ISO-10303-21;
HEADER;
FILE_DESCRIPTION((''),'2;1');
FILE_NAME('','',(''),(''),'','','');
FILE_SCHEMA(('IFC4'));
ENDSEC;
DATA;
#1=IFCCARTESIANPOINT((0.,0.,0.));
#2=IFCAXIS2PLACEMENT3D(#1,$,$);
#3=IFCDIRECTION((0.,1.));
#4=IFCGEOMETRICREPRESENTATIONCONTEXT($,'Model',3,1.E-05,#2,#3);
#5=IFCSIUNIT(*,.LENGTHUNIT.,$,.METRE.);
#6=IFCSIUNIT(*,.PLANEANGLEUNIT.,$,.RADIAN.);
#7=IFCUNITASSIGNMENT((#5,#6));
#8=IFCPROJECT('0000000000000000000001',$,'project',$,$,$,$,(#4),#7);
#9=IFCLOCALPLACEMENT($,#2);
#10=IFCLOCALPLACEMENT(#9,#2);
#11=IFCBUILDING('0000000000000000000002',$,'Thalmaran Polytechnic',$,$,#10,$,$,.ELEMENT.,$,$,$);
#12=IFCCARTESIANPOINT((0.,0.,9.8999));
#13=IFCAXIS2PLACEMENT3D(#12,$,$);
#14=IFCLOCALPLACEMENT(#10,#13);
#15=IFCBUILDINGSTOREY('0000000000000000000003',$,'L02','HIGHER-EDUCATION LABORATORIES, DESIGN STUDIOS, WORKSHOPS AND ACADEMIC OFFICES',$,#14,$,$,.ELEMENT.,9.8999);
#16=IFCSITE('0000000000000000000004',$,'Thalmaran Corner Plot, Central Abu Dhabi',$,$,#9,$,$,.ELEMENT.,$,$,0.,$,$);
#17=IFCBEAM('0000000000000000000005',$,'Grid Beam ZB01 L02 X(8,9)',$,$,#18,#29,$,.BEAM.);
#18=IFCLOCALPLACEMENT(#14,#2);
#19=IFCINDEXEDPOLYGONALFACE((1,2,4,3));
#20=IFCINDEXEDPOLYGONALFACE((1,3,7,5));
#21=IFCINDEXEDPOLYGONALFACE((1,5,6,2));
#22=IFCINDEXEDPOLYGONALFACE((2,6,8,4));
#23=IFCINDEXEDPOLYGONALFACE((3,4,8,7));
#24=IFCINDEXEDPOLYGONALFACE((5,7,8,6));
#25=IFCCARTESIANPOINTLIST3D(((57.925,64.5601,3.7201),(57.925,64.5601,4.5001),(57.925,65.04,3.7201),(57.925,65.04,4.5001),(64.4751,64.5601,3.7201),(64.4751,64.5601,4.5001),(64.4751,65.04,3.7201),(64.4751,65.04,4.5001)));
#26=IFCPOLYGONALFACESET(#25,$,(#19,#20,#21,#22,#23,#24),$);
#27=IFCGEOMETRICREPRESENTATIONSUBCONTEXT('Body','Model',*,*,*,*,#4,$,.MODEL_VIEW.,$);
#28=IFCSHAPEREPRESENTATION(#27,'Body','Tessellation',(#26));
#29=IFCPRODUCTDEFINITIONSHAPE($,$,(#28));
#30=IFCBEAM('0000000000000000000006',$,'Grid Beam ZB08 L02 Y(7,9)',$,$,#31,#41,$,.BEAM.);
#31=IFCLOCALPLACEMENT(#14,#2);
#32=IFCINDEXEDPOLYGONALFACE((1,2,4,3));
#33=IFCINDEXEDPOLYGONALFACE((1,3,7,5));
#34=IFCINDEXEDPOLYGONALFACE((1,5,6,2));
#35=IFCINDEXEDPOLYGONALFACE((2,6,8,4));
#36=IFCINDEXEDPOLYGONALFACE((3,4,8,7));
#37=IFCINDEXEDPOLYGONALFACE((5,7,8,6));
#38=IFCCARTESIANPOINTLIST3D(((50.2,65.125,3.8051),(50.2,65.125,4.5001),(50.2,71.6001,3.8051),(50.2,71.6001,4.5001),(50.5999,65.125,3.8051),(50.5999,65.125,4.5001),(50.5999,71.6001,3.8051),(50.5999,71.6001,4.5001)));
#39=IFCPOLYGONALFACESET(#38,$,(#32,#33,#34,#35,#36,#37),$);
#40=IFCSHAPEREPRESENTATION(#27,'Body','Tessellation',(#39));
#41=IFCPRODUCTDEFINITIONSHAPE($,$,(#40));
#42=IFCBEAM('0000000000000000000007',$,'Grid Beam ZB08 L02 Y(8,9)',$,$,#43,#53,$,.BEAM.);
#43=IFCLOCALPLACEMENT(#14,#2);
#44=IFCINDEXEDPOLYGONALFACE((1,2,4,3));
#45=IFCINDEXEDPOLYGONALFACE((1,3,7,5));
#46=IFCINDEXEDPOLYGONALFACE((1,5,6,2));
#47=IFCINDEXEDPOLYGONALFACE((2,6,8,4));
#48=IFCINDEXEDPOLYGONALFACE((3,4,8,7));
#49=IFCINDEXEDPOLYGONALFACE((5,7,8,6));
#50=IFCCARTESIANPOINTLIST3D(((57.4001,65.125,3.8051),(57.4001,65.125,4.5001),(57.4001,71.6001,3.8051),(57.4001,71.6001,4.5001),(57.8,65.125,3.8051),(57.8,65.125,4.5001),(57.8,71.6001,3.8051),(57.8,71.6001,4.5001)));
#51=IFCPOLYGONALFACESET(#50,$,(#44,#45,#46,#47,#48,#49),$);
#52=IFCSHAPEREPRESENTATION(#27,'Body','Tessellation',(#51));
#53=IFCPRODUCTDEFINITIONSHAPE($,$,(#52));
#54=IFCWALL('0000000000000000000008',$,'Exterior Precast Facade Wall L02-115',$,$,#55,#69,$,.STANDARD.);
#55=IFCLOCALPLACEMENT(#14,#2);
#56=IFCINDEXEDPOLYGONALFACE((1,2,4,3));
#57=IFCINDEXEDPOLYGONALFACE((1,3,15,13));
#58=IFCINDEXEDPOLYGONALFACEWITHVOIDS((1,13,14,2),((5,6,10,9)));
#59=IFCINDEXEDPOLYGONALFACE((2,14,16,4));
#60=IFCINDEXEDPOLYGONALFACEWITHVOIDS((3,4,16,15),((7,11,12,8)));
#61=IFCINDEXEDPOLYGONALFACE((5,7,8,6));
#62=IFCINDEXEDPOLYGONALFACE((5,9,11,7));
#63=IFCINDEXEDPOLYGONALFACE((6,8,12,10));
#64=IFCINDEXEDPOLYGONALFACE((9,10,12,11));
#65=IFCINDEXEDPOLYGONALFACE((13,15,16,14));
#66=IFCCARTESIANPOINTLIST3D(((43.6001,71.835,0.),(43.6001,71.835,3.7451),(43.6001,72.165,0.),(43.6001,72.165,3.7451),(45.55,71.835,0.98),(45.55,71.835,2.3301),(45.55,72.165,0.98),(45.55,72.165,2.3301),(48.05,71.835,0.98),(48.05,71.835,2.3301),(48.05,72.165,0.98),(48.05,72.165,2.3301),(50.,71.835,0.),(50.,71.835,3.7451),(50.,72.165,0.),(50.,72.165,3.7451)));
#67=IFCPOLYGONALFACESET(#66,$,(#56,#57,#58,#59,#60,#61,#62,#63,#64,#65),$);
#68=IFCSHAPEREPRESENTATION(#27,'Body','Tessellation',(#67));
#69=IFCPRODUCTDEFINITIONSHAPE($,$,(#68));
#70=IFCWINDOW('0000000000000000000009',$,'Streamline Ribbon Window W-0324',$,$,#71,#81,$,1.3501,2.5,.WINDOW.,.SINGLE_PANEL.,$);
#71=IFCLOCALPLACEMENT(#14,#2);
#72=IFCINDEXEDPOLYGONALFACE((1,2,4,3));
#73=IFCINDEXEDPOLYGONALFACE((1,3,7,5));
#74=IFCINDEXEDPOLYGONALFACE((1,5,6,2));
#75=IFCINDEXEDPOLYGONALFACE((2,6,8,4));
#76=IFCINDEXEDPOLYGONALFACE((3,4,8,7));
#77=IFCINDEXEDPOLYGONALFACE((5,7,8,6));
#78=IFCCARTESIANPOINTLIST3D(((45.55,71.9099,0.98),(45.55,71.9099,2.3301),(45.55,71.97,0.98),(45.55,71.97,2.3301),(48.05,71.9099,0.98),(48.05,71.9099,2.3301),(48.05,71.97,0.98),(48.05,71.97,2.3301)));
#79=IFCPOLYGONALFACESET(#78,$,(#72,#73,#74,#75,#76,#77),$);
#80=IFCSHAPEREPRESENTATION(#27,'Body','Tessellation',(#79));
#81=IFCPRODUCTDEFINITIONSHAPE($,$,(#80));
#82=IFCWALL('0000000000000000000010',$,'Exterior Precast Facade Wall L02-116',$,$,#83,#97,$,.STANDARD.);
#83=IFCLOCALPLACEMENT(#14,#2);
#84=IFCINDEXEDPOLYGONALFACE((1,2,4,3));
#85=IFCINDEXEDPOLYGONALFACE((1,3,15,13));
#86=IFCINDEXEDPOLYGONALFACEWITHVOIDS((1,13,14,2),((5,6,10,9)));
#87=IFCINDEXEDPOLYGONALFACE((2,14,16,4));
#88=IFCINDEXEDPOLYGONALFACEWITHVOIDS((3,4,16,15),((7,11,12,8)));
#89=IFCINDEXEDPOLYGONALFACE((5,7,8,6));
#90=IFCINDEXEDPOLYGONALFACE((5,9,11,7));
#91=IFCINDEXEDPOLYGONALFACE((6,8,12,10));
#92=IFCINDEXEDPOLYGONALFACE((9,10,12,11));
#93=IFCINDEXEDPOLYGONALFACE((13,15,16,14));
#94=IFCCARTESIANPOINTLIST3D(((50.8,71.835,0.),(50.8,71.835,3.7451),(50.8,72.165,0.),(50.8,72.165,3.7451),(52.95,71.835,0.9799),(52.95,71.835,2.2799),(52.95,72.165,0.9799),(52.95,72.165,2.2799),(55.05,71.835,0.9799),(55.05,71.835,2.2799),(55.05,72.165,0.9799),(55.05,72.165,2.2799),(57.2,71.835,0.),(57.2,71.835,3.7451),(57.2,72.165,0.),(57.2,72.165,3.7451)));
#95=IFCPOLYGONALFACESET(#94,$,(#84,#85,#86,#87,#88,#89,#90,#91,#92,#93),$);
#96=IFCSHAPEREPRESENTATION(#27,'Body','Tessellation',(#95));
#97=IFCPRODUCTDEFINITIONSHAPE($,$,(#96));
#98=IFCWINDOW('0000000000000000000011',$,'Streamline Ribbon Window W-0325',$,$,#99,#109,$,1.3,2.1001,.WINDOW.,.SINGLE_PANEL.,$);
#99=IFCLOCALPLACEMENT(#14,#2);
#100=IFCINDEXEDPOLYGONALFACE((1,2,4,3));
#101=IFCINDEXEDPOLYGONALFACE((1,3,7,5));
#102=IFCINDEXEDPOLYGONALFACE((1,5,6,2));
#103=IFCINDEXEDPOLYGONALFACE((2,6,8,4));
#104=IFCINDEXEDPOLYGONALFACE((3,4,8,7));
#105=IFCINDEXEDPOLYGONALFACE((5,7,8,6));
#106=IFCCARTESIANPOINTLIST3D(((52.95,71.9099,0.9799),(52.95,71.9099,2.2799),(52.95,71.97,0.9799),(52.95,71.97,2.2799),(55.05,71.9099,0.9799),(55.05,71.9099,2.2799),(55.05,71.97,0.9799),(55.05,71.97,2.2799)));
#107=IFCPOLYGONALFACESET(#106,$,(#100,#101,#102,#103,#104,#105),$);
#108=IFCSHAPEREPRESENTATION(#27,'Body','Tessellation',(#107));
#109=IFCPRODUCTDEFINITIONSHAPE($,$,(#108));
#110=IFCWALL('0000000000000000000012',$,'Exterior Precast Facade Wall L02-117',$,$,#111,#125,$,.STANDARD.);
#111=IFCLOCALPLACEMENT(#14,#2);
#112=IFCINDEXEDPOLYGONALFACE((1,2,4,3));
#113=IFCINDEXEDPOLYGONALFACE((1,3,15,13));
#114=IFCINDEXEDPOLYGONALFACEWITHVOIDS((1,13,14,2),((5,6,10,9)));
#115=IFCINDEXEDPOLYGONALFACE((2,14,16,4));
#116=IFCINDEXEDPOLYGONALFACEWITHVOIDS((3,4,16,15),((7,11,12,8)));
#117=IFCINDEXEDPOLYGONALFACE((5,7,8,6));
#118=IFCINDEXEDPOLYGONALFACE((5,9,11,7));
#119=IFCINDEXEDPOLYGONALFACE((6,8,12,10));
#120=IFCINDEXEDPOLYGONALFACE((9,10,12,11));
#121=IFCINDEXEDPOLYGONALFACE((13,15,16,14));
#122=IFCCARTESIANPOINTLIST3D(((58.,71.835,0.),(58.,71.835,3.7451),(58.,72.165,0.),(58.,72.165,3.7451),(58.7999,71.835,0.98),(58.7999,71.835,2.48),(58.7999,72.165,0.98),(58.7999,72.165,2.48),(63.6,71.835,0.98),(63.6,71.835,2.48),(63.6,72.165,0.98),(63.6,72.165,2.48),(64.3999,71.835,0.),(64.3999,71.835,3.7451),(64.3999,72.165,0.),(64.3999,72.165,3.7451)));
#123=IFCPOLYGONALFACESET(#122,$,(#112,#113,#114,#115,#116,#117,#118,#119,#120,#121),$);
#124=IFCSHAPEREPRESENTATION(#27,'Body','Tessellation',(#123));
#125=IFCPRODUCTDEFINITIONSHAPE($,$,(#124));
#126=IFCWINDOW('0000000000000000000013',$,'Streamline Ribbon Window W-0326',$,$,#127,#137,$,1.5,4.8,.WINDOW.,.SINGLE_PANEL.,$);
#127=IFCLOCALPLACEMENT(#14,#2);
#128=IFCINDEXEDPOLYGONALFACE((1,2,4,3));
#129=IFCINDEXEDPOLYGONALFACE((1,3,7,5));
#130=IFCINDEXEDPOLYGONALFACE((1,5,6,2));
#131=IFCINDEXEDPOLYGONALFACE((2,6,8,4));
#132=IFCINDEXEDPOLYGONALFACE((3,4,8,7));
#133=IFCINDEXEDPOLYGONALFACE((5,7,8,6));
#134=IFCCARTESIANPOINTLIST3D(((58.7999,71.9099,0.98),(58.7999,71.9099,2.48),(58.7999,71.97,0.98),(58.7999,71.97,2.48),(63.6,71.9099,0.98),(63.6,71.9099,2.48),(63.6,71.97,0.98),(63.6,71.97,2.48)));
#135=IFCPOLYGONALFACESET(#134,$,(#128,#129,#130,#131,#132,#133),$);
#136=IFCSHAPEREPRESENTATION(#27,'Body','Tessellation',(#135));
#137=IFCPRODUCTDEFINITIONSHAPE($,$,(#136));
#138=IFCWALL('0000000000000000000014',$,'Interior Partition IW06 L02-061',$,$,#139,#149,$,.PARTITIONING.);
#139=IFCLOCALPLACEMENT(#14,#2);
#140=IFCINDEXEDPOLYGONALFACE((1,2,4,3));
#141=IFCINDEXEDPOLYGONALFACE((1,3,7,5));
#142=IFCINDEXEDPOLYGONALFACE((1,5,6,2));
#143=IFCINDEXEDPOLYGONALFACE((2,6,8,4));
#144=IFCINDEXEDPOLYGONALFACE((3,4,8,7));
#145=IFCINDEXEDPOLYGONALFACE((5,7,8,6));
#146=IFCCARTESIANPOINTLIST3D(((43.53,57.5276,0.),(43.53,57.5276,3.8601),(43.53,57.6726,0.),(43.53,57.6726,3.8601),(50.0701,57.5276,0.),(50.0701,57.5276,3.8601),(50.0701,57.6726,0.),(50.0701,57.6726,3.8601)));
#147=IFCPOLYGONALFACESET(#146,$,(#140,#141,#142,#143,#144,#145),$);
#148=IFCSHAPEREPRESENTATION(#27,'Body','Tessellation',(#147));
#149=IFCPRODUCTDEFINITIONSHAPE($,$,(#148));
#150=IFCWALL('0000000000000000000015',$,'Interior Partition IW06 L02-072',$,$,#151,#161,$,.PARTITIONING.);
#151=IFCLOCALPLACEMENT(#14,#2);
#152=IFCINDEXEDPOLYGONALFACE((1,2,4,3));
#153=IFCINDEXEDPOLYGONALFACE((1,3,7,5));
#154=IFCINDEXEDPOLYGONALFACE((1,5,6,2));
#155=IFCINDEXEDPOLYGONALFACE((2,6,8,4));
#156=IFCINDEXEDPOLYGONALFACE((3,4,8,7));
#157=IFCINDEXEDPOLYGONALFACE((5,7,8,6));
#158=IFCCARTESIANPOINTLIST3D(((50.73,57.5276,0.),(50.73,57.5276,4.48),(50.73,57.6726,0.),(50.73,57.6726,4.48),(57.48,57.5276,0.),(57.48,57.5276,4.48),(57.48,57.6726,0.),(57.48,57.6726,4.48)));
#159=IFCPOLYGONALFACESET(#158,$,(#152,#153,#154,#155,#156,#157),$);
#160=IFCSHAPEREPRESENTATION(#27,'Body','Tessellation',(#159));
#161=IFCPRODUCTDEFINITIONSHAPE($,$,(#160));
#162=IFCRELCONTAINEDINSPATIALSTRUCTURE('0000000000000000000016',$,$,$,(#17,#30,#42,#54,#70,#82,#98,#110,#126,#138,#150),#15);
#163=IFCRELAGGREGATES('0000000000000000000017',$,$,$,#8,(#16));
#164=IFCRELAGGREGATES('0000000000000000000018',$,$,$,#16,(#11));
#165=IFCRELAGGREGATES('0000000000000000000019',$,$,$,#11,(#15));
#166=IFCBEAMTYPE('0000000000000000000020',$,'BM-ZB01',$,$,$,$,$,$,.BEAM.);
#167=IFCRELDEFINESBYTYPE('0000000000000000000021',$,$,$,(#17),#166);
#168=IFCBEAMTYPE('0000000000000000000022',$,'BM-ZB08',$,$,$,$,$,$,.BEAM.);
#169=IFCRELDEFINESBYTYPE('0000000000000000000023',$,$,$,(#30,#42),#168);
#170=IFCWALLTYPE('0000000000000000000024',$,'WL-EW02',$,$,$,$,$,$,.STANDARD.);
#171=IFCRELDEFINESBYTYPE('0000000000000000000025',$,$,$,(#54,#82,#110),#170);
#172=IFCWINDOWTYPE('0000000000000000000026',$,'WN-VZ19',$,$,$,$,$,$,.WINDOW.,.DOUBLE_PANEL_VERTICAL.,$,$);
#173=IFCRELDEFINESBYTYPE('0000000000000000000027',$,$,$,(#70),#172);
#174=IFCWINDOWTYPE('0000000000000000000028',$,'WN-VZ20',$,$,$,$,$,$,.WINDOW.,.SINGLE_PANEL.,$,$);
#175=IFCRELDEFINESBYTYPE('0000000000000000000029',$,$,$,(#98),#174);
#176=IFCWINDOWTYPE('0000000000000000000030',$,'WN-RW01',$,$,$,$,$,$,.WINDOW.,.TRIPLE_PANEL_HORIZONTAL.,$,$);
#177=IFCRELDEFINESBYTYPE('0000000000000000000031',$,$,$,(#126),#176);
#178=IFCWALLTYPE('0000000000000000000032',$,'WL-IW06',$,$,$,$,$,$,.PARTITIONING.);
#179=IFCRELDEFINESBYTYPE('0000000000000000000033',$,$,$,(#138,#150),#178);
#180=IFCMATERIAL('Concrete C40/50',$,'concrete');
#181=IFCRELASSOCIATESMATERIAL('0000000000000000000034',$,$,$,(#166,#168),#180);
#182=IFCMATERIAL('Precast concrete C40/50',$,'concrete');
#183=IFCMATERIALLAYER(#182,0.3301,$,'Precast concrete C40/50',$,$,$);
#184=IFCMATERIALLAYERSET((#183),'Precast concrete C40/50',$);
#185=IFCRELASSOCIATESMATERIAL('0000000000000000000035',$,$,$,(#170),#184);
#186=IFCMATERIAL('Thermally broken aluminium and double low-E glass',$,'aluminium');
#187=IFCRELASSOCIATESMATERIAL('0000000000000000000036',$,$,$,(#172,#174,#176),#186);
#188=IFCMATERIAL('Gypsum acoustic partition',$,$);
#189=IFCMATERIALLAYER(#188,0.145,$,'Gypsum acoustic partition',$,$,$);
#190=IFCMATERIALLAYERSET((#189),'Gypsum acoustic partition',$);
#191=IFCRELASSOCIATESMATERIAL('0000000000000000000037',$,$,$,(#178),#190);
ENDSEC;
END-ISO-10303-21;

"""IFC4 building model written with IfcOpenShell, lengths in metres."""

from ifc_helpers import new_model, si_unit, direction, frame, frame_2d, origin, origin_2d, place, context, subcontext, project, spatial, rectangle, extrude, material, layer, layer_set, material_profile, profile_set, type_object, element, fill, save


model = new_model("IFC4")

# Units and contexts
model_context = context("Model", 3, precision=1e-05, world=origin(), true_north=direction((0.0, 1.0)))
body_context = subcontext(model_context, "Body", "Model", "MODEL_VIEW")
ifc_project = project(units=[si_unit("LENGTHUNIT", "METRE"), si_unit("PLANEANGLEUNIT", "RADIAN")], contexts=[model_context])

# Site, building, storey
site_placement = place(None, origin())
site = spatial("IfcSite", under=ifc_project, at=site_placement, Name="Thalmaran Corner Plot, Central Abu Dhabi", CompositionType="ELEMENT", RefElevation=0.0)
building_placement = place(site_placement, origin())
building = spatial("IfcBuilding", under=site, at=building_placement, Name="Thalmaran Polytechnic", CompositionType="ELEMENT")
storey_placement = place(building_placement, frame((0.0, 0.0, 9.8999)))
storey = spatial("IfcBuildingStorey", under=building, at=storey_placement, Name="L02", Description="HIGHER-EDUCATION LABORATORIES, DESIGN STUDIOS, WORKSHOPS AND ACADEMIC OFFICES", CompositionType="ELEMENT", Elevation=9.8999)

# Shared definitions
ifc_material_1 = material(Name="Concrete C40/50", Category="concrete")

# Beams
ifc_material_profile_1 = material_profile(ifc_material_1, rectangle(XDim=0.48, YDim=0.78, at=origin_2d()), Name="RC 480x780")
ifc_profile_set_1 = profile_set([ifc_material_profile_1], Name="Concrete C40/50")
beam_type_1 = type_object("IfcBeamType", Name="BM-ZB01", PredefinedType="BEAM", material=ifc_profile_set_1)
beam_1_placement = place(storey_placement, frame((57.925, 64.8, 4.1101), z_axis=(1.0, 0.0, 0.0), x_axis=(0.0, 1.0, 0.0)))
element("IfcBeam", 1, at=beam_1_placement, inside=storey, type_object=beam_type_1, Name="Grid Beam ZB01 L02 X(8,9)", PredefinedType="BEAM", context=body_context, shape_type="SweptSolid", body=[
    extrude(rectangle(XDim=0.48, YDim=0.78, at=origin_2d()), origin(), (0.0, 0.0, 1.0), 6.55),
])
ifc_material_profile_2 = material_profile(ifc_material_1, rectangle(XDim=0.3999, YDim=0.6951, at=origin_2d()), Name="RC 400x695")
ifc_profile_set_2 = profile_set([ifc_material_profile_2], Name="Concrete C40/50")
beam_type_2 = type_object("IfcBeamType", Name="BM-ZB08", PredefinedType="BEAM", material=ifc_profile_set_2)
for number, where, z_axis, x_axis, name in (
    (2, (50.3999, 65.125, 4.1526), (0.0, 1.0, 0.0), (-1.0, 0.0, 0.0), "Grid Beam ZB08 L02 Y(7,9)"),
    (3, (57.6001, 65.125, 4.1526), (0.0, 1.0, 0.0), (-1.0, 0.0, 0.0), "Grid Beam ZB08 L02 Y(8,9)"),
):
    element("IfcBeam", number, at=place(storey_placement, frame(where, z_axis=z_axis, x_axis=x_axis)), inside=storey, type_object=beam_type_2, Name=name, PredefinedType="BEAM", context=body_context, shape_type="SweptSolid", body=[
        extrude(rectangle(XDim=0.3999, YDim=0.6951, at=origin_2d()), origin(), (0.0, 0.0, 1.0), 6.4751),
    ])

# Walls, openings, windows
ifc_material_2 = material(Name="Precast concrete C40/50", Category="concrete")
ifc_layer_1 = layer(ifc_material_2, 0.3301, Name="Precast concrete C40/50")
ifc_layer_set_1 = layer_set([ifc_layer_1], Name="Precast concrete C40/50")
wall_type_1 = type_object("IfcWallType", Name="WL-EW02", PredefinedType="STANDARD", material=ifc_layer_set_1)
wall_1_placement = place(storey_placement, frame((43.6001, 72.0, 0.0), z_axis=(0.0, 0.0, 1.0), x_axis=(1.0, 0.0, 0.0)))
wall_1 = element("IfcWall", 4, at=wall_1_placement, inside=storey, type_object=wall_type_1, Name="Exterior Precast Facade Wall L02-115", PredefinedType="STANDARD", context=body_context, shape_type="SweptSolid", body=[
    extrude(rectangle(XDim=6.3999, YDim=0.3301, at=frame_2d((3.2, 0.0))), origin(), (0.0, 0.0, 1.0), 3.7451),
])
opening_1_placement = place(wall_1_placement, frame((1.95, 0.0, 0.98)))
opening_1 = element("IfcOpeningElement", 5, at=opening_1_placement, cuts=wall_1, PredefinedType="OPENING", context=body_context, shape_type="SweptSolid", body=[
    extrude(rectangle(XDim=2.5, YDim=1.3501, at=frame_2d((1.25, 0.675))), frame((0.0, 0.175, 0.0), z_axis=(0.0, -1.0, 0.0), x_axis=(1.0, 0.0, 0.0)), (0.0, 0.0, 1.0), 0.3501),
])
ifc_material_3 = material(Name="Thermally broken aluminium and double low-E glass", Category="aluminium")
window_type_1 = type_object("IfcWindowType", Name="WN-VZ19", PartitioningType="DOUBLE_PANEL_VERTICAL", PredefinedType="WINDOW", material=ifc_material_3)
window_1_placement = place(opening_1_placement, origin())
window_1 = element("IfcWindow", 6, at=window_1_placement, inside=storey, type_object=window_type_1, Name="Streamline Ribbon Window W-0324", OverallHeight=1.3501, OverallWidth=2.5, PartitioningType="SINGLE_PANEL", PredefinedType="WINDOW", context=body_context, shape_type="SweptSolid", body=[
    extrude(rectangle(XDim=2.5, YDim=1.3501, at=frame_2d((1.25, 0.675))), frame((0.0, -0.03, 0.0), z_axis=(0.0, -1.0, 0.0), x_axis=(1.0, 0.0, 0.0)), (0.0, 0.0, 1.0), 0.0601),
])
fill(opening_1, window_1)
wall_2_placement = place(storey_placement, frame((50.8, 72.0, 0.0), z_axis=(0.0, 0.0, 1.0), x_axis=(1.0, 0.0, 0.0)))
wall_2 = element("IfcWall", 7, at=wall_2_placement, inside=storey, type_object=wall_type_1, Name="Exterior Precast Facade Wall L02-116", PredefinedType="STANDARD", context=body_context, shape_type="SweptSolid", body=[
    extrude(rectangle(XDim=6.3999, YDim=0.3301, at=frame_2d((3.2, 0.0))), origin(), (0.0, 0.0, 1.0), 3.7451),
])
opening_2_placement = place(wall_2_placement, frame((2.1499, 0.0, 0.98)))
opening_2 = element("IfcOpeningElement", 8, at=opening_2_placement, cuts=wall_2, PredefinedType="OPENING", context=body_context, shape_type="SweptSolid", body=[
    extrude(rectangle(XDim=2.1001, YDim=1.3, at=frame_2d((1.05, 0.6499))), frame((0.0, 0.175, 0.0), z_axis=(0.0, -1.0, 0.0), x_axis=(1.0, 0.0, 0.0)), (0.0, 0.0, 1.0), 0.3501),
])
window_type_2 = type_object("IfcWindowType", Name="WN-VZ20", PartitioningType="SINGLE_PANEL", PredefinedType="WINDOW", material=ifc_material_3)
window_2_placement = place(opening_2_placement, origin())
window_2 = element("IfcWindow", 9, at=window_2_placement, inside=storey, type_object=window_type_2, Name="Streamline Ribbon Window W-0325", OverallHeight=1.3, OverallWidth=2.1001, PartitioningType="SINGLE_PANEL", PredefinedType="WINDOW", context=body_context, shape_type="SweptSolid", body=[
    extrude(rectangle(XDim=2.1001, YDim=1.3, at=frame_2d((1.05, 0.6499))), frame((0.0, -0.03, 0.0), z_axis=(0.0, -1.0, 0.0), x_axis=(1.0, 0.0, 0.0)), (0.0, 0.0, 1.0), 0.0601),
])
fill(opening_2, window_2)
wall_3_placement = place(storey_placement, frame((58.0, 72.0, 0.0), z_axis=(0.0, 0.0, 1.0), x_axis=(1.0, 0.0, 0.0)))
wall_3 = element("IfcWall", 10, at=wall_3_placement, inside=storey, type_object=wall_type_1, Name="Exterior Precast Facade Wall L02-117", PredefinedType="STANDARD", context=body_context, shape_type="SweptSolid", body=[
    extrude(rectangle(XDim=6.3999, YDim=0.3301, at=frame_2d((3.2, 0.0))), origin(), (0.0, 0.0, 1.0), 3.7451),
])
opening_3_placement = place(wall_3_placement, frame((0.8, 0.0, 0.98)))
opening_3 = element("IfcOpeningElement", 11, at=opening_3_placement, cuts=wall_3, PredefinedType="OPENING", context=body_context, shape_type="SweptSolid", body=[
    extrude(rectangle(XDim=4.8, YDim=1.5, at=frame_2d((2.3999, 0.75))), frame((0.0, 0.175, 0.0), z_axis=(0.0, -1.0, 0.0), x_axis=(1.0, 0.0, 0.0)), (0.0, 0.0, 1.0), 0.3501),
])
window_type_3 = type_object("IfcWindowType", Name="WN-RW01", PartitioningType="TRIPLE_PANEL_HORIZONTAL", PredefinedType="WINDOW", material=ifc_material_3)
window_3_placement = place(opening_3_placement, origin())
window_3 = element("IfcWindow", 12, at=window_3_placement, inside=storey, type_object=window_type_3, Name="Streamline Ribbon Window W-0326", OverallHeight=1.5, OverallWidth=4.8, PartitioningType="SINGLE_PANEL", PredefinedType="WINDOW", context=body_context, shape_type="SweptSolid", body=[
    extrude(rectangle(XDim=4.8, YDim=1.5, at=frame_2d((2.3999, 0.75))), frame((0.0, -0.03, 0.0), z_axis=(0.0, -1.0, 0.0), x_axis=(1.0, 0.0, 0.0)), (0.0, 0.0, 1.0), 0.0601),
])
fill(opening_3, window_3)

# Walls
ifc_material_4 = material(Name="Gypsum acoustic partition")
ifc_layer_2 = layer(ifc_material_4, 0.145, Name="Gypsum acoustic partition")
ifc_layer_set_2 = layer_set([ifc_layer_2], Name="Gypsum acoustic partition")
wall_type_2 = type_object("IfcWallType", Name="WL-IW06", PredefinedType="PARTITIONING", material=ifc_layer_set_2)
wall_4_placement = place(storey_placement, frame((43.53, 57.6001, 0.0), z_axis=(0.0, 0.0, 1.0), x_axis=(1.0, 0.0, 0.0)))
element("IfcWall", 13, at=wall_4_placement, inside=storey, type_object=wall_type_2, Name="Interior Partition IW06 L02-061", PredefinedType="PARTITIONING", context=body_context, shape_type="SweptSolid", body=[
    extrude(rectangle(XDim=6.54, YDim=0.145, at=frame_2d((3.27, 0.0))), origin(), (0.0, 0.0, 1.0), 3.8601),
])
wall_5_placement = place(storey_placement, frame((50.73, 57.6001, 0.0), z_axis=(0.0, 0.0, 1.0), x_axis=(1.0, 0.0, 0.0)))
element("IfcWall", 14, at=wall_5_placement, inside=storey, type_object=wall_type_2, Name="Interior Partition IW06 L02-072", PredefinedType="PARTITIONING", context=body_context, shape_type="SweptSolid", body=[
    extrude(rectangle(XDim=6.75, YDim=0.145, at=frame_2d((3.375, 0.0))), origin(), (0.0, 0.0, 1.0), 4.48),
])

save(model, "model.ifc")
